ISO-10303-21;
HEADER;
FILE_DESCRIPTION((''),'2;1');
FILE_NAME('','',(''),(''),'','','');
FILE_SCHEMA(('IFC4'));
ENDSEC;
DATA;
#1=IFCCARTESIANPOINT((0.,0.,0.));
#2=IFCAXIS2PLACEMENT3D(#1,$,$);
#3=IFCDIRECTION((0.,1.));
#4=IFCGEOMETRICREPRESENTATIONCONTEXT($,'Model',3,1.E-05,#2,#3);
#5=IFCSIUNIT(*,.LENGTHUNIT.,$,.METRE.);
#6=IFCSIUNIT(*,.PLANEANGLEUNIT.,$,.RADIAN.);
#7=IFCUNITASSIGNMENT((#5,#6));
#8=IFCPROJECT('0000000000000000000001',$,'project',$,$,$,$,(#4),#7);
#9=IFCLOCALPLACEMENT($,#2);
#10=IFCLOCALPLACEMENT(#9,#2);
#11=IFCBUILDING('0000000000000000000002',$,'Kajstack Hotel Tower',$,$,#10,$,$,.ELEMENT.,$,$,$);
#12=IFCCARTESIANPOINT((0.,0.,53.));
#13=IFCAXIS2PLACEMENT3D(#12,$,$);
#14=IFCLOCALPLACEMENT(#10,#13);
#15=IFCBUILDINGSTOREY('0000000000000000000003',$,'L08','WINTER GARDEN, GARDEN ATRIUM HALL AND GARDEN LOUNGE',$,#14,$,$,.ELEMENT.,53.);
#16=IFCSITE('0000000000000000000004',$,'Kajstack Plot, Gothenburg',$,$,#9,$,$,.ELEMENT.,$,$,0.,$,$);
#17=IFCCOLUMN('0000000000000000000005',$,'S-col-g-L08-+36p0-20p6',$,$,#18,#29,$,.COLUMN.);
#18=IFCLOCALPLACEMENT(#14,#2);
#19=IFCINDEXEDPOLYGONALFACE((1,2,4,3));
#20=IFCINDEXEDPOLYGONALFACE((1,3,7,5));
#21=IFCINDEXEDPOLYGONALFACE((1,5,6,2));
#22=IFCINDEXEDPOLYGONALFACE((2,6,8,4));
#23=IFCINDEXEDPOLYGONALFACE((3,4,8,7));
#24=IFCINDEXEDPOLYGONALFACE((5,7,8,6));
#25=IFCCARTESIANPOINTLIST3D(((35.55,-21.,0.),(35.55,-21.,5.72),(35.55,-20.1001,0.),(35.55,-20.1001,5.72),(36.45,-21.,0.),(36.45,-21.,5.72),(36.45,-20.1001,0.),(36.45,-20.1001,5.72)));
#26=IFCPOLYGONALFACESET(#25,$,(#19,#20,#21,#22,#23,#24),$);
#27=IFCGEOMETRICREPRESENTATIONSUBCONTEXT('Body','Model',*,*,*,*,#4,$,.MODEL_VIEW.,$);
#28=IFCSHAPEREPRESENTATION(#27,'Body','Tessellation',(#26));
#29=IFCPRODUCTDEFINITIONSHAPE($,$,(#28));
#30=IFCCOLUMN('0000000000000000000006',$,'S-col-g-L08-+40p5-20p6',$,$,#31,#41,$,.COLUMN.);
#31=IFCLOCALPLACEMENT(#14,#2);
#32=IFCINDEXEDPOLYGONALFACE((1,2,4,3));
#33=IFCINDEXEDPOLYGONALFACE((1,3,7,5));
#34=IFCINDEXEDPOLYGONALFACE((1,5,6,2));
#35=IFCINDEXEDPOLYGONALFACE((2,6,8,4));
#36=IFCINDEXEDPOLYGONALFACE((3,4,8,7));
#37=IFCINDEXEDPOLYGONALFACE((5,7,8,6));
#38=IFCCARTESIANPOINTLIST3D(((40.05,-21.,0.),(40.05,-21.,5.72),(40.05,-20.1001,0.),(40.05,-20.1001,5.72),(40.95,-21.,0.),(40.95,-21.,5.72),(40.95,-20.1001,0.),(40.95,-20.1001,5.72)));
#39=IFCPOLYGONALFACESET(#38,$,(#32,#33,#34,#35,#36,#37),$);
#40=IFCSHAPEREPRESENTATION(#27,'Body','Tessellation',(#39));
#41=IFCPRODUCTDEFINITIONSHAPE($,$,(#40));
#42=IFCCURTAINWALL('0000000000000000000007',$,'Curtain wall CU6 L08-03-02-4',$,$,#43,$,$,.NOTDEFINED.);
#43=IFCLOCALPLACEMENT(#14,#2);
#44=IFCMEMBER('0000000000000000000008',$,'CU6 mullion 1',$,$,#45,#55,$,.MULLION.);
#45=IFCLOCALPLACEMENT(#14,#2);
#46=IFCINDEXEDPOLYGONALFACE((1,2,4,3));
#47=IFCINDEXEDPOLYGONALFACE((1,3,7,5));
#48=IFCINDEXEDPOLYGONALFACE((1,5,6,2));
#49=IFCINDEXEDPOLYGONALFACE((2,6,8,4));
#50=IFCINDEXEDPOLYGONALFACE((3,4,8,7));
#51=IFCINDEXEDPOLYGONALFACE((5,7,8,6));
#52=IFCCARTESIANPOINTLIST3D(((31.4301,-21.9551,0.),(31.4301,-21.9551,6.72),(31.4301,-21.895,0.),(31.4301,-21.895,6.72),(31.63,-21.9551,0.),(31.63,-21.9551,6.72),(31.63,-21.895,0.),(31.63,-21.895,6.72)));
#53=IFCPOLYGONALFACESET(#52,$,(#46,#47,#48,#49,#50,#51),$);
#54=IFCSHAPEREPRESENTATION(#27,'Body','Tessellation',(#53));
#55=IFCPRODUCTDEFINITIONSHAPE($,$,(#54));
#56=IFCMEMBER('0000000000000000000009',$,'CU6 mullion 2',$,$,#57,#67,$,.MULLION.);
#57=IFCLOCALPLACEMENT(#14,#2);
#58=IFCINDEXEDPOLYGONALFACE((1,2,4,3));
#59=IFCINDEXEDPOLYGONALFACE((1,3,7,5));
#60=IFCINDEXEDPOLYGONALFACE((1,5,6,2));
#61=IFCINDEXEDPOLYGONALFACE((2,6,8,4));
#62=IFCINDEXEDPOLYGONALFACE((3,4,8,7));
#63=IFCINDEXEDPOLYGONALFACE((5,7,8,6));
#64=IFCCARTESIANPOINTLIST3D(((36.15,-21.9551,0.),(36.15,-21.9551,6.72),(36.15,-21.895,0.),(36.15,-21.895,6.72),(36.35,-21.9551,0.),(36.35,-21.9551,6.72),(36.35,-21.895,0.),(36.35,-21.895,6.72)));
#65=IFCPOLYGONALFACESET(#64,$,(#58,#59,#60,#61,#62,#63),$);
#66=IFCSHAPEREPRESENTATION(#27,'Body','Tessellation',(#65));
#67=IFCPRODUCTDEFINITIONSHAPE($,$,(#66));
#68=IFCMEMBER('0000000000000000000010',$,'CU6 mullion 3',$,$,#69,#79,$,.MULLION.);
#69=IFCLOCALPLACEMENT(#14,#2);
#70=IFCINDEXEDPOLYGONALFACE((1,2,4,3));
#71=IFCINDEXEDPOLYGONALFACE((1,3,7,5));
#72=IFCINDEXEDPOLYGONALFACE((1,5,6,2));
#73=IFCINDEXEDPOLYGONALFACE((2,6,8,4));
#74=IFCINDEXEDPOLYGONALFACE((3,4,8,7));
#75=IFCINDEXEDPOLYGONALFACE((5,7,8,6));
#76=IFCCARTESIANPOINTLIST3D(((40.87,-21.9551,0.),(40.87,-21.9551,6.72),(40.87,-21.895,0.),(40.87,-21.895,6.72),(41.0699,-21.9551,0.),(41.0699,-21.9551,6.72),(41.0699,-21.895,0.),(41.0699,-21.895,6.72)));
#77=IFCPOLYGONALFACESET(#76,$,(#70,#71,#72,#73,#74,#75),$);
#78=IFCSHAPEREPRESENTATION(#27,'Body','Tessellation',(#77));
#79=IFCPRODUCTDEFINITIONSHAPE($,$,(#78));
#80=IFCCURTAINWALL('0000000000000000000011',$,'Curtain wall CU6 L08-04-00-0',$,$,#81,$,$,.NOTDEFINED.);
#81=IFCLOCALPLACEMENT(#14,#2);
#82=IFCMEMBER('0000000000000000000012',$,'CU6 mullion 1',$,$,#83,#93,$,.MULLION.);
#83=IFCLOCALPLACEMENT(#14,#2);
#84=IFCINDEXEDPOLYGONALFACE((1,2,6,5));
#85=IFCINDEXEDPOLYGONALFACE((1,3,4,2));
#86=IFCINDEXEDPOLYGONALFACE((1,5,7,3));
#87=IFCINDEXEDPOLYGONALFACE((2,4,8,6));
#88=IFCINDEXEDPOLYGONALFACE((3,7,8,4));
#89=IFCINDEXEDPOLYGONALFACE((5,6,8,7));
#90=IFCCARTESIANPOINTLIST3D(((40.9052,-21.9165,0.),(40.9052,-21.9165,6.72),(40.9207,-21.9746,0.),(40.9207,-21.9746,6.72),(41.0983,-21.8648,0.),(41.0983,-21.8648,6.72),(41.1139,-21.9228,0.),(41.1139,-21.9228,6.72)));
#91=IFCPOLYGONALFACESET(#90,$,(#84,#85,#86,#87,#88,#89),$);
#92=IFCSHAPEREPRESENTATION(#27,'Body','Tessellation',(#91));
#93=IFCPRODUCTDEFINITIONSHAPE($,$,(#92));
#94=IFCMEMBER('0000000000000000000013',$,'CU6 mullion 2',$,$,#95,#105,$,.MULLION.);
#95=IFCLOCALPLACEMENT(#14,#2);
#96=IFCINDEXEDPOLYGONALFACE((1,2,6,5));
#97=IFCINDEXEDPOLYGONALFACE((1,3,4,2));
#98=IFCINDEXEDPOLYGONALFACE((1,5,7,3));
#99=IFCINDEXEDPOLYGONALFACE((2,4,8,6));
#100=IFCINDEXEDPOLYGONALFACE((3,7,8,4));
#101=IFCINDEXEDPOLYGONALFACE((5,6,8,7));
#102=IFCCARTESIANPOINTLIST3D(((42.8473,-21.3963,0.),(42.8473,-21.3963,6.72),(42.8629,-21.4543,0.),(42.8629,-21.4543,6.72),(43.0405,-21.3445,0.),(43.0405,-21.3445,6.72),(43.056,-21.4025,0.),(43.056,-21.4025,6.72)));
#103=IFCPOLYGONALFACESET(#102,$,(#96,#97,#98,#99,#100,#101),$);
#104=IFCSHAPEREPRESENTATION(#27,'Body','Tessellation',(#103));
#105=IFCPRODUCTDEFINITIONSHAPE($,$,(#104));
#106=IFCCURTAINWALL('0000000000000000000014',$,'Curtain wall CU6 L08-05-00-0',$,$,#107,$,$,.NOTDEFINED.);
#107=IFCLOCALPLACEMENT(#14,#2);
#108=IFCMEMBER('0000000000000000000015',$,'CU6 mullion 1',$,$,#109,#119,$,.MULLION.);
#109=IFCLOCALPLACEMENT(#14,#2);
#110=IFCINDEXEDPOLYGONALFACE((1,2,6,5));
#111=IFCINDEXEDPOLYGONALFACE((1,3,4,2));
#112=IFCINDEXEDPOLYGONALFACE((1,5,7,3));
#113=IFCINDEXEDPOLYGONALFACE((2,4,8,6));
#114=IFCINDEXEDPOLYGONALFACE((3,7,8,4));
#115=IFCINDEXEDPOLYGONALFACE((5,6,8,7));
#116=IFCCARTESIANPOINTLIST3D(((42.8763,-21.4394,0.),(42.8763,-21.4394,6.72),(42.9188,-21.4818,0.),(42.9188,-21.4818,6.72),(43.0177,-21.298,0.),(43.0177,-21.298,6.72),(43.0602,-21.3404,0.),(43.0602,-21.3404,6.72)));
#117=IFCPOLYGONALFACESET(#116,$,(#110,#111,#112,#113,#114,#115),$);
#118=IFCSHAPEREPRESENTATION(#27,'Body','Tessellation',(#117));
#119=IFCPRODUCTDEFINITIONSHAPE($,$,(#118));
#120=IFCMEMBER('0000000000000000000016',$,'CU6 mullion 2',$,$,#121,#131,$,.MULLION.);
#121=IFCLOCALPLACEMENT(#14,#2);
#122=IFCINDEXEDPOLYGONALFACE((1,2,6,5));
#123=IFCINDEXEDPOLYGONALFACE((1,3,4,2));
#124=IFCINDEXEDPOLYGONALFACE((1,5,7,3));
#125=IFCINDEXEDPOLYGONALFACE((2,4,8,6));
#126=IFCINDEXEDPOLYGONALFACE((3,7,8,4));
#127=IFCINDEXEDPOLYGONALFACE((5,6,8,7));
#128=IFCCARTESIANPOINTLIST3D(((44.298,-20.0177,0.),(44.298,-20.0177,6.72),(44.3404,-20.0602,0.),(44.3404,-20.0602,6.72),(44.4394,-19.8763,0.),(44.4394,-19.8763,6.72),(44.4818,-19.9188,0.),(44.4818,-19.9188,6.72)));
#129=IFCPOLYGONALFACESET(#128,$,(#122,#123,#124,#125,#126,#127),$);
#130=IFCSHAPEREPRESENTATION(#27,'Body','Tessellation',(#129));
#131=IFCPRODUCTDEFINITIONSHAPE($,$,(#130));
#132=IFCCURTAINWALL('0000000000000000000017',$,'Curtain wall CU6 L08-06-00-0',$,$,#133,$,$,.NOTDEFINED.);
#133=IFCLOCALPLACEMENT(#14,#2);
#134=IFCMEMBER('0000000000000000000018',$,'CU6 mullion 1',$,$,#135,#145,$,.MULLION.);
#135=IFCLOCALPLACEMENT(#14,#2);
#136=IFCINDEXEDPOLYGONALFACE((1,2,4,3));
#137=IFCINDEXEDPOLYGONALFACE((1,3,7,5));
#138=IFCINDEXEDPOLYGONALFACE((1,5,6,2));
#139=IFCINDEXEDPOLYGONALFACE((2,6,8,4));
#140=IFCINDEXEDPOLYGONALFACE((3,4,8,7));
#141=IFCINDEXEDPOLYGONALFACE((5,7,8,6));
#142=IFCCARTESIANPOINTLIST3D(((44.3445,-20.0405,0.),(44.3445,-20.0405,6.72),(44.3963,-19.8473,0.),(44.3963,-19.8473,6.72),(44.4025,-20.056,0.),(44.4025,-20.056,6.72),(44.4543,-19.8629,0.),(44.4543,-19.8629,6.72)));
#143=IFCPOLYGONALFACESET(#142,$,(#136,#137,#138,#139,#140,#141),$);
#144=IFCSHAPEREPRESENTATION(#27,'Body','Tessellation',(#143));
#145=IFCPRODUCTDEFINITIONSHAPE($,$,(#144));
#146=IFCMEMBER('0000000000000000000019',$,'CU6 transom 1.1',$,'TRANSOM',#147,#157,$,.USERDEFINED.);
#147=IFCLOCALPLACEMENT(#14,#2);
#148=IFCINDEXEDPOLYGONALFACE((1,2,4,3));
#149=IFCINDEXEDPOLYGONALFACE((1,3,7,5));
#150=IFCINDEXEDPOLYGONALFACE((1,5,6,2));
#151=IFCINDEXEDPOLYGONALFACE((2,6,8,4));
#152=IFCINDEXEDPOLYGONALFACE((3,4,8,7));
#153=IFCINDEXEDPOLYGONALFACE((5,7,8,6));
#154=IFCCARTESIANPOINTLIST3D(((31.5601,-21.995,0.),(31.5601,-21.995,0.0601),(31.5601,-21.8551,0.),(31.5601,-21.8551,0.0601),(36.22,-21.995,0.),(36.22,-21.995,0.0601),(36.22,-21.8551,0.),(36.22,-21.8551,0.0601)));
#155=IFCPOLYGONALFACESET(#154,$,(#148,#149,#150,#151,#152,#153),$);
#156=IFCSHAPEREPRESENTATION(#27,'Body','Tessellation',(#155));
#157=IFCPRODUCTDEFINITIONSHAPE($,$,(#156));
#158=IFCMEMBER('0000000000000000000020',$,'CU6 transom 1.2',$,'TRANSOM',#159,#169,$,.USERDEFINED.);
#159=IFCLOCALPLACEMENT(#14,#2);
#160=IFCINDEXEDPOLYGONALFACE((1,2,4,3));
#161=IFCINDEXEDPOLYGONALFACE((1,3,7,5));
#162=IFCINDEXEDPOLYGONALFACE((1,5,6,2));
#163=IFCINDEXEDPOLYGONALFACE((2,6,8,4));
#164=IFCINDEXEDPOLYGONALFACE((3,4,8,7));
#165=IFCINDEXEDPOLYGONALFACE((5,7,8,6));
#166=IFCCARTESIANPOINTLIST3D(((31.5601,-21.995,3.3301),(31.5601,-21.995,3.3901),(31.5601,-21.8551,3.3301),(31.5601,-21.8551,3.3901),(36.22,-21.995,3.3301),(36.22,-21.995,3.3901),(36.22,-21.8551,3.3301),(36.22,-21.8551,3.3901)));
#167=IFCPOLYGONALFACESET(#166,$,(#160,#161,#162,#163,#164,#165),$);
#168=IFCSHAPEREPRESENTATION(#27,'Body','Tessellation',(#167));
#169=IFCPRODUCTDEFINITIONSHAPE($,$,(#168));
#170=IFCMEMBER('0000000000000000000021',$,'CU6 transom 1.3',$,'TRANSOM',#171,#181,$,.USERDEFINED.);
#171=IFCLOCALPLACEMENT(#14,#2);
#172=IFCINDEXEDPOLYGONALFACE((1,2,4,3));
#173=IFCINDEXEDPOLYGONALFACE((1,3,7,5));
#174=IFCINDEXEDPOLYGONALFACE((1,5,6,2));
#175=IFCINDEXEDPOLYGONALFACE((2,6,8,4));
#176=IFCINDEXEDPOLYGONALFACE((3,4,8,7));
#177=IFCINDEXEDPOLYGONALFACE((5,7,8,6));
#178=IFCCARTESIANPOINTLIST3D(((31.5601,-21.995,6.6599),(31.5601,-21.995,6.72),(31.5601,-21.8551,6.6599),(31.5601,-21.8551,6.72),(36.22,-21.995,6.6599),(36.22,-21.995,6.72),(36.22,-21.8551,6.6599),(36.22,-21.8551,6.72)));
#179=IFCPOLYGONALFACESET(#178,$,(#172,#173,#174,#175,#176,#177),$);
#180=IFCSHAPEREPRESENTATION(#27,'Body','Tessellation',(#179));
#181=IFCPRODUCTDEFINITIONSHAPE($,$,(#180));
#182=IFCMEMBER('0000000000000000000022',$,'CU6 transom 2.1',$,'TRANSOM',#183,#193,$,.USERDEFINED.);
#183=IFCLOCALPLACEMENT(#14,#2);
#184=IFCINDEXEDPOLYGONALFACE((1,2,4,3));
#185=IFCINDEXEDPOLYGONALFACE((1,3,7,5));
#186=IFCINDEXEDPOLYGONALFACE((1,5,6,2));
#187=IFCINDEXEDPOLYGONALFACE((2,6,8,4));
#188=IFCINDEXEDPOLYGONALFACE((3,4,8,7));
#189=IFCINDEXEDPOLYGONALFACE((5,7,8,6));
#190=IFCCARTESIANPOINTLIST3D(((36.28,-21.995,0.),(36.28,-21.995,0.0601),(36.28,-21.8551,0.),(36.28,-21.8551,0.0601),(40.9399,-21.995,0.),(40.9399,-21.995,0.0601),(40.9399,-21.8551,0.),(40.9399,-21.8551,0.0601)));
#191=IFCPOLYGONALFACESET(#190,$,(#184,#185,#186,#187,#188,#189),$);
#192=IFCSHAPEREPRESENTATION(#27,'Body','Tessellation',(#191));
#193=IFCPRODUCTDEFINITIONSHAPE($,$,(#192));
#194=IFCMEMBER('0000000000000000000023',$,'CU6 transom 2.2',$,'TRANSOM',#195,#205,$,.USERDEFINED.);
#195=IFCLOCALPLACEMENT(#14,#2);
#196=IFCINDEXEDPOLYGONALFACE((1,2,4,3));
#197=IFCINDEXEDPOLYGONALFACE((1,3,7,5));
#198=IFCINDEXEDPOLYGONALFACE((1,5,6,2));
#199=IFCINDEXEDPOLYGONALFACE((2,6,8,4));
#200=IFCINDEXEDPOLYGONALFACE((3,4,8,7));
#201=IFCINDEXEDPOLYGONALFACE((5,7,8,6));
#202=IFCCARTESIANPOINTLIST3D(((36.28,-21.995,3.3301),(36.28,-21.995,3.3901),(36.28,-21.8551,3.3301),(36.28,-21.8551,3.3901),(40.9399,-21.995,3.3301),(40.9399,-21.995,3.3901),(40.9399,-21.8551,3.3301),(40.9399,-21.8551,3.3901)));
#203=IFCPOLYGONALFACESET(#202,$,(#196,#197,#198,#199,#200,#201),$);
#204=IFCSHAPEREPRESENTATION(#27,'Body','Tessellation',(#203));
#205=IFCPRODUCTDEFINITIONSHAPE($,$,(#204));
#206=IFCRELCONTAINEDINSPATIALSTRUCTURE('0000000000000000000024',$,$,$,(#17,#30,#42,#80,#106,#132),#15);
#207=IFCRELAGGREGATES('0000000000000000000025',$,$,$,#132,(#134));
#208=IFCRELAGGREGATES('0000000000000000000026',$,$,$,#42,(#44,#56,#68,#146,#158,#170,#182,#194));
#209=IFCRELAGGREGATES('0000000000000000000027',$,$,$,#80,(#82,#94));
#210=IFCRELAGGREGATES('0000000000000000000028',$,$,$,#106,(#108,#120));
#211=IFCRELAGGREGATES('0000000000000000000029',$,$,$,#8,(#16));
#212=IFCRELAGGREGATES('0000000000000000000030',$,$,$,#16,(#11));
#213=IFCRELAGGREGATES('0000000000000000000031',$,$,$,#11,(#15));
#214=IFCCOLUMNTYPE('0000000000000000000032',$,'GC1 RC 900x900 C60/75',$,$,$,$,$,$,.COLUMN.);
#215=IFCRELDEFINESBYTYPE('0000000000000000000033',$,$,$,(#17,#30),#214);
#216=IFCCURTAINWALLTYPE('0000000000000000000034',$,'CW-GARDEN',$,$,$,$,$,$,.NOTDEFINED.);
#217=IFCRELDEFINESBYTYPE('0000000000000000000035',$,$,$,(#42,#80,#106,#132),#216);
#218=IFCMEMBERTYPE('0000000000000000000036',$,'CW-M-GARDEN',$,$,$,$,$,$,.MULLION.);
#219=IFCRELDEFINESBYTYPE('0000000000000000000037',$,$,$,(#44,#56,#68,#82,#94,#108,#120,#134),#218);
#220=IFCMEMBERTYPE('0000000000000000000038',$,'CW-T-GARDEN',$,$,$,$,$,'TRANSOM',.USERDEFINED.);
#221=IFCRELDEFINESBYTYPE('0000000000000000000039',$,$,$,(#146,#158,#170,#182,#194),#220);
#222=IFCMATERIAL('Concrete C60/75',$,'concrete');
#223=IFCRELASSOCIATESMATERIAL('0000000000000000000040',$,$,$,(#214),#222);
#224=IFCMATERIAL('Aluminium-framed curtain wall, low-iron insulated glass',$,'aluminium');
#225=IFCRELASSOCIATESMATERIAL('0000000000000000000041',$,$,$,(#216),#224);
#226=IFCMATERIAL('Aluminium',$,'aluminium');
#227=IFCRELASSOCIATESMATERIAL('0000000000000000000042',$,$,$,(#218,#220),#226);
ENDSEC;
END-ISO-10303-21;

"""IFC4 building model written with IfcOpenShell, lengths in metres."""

from ifc_helpers import new_model, si_unit, direction, frame, origin, origin_2d, place, context, subcontext, project, spatial, rectangle, extrude, material, material_profile, profile_set, type_object, element, aggregate, save


model = new_model("IFC4")

# Units and contexts
model_context = context("Model", 3, precision=1e-05, world=origin(), true_north=direction((0.0, 1.0)))
body_context = subcontext(model_context, "Body", "Model", "MODEL_VIEW")
ifc_project = project(units=[si_unit("LENGTHUNIT", "METRE"), si_unit("PLANEANGLEUNIT", "RADIAN")], contexts=[model_context])

# Site, building, storey
site_placement = place(None, origin())
site = spatial("IfcSite", under=ifc_project, at=site_placement, Name="Kajstack Plot, Gothenburg", CompositionType="ELEMENT", RefElevation=0.0)
building_placement = place(site_placement, origin())
building = spatial("IfcBuilding", under=site, at=building_placement, Name="Kajstack Hotel Tower", CompositionType="ELEMENT")
storey_placement = place(building_placement, frame((0.0, 0.0, 53.0)))
storey = spatial("IfcBuildingStorey", under=building, at=storey_placement, Name="L08", Description="WINTER GARDEN, GARDEN ATRIUM HALL AND GARDEN LOUNGE", CompositionType="ELEMENT", Elevation=53.0)

# Columns
ifc_material_1 = material(Name="Concrete C60/75", Category="concrete")
ifc_material_profile_1 = material_profile(ifc_material_1, rectangle(XDim=0.8999, YDim=0.8999, at=origin_2d()), Name="RC 900x900")
ifc_profile_set_1 = profile_set([ifc_material_profile_1], Name="Concrete C60/75")
column_type = type_object("IfcColumnType", Name="GC1 RC 900x900 C60/75", PredefinedType="COLUMN", material=ifc_profile_set_1)
for number, where, z_axis, x_axis, name in (
    (1, (36.0, -20.55, 0.0), (0.0, 0.0, 1.0), (1.0, 0.0, 0.0), "S-col-g-L08-+36p0-20p6"),
    (2, (40.5, -20.55, 0.0), (0.0, 0.0, 1.0), (1.0, 0.0, 0.0), "S-col-g-L08-+40p5-20p6"),
):
    element("IfcColumn", number, at=place(storey_placement, frame(where, z_axis=z_axis, x_axis=x_axis)), inside=storey, type_object=column_type, Name=name, PredefinedType="COLUMN", context=body_context, shape_type="SweptSolid", body=[
        extrude(rectangle(XDim=0.8999, YDim=0.8999, at=origin_2d()), origin(), (0.0, 0.0, 1.0), 5.72),
    ])

# Curtain walls, members
ifc_material_2 = material(Name="Aluminium-framed curtain wall, low-iron insulated glass", Category="aluminium")
curtain_wall_type = type_object("IfcCurtainWallType", Name="CW-GARDEN", PredefinedType="NOTDEFINED", material=ifc_material_2)
curtain_wall_1_placement = place(storey_placement, origin())
curtain_wall_1 = element("IfcCurtainWall", 3, at=curtain_wall_1_placement, inside=storey, type_object=curtain_wall_type, Name="Curtain wall CU6 L08-03-02-4", PredefinedType="NOTDEFINED")
ifc_material_3 = material(Name="Aluminium", Category="aluminium")
ifc_material_profile_2 = material_profile(ifc_material_3, rectangle(XDim=0.0601, YDim=0.2, at=origin_2d()), Name="Aluminium mullion 60 x 200")
ifc_profile_set_2 = profile_set([ifc_material_profile_2], Name="Aluminium")
member_type_1 = type_object("IfcMemberType", Name="CW-M-GARDEN", PredefinedType="MULLION", material=ifc_profile_set_2)
member_1_placement = place(storey_placement, frame((31.53, -21.925, 0.0), z_axis=(0.0, 0.0, 1.0), x_axis=(0.0, 1.0, 0.0)))
member_1 = element("IfcMember", 4, at=member_1_placement, type_object=member_type_1, Name="CU6 mullion 1", PredefinedType="MULLION", context=body_context, shape_type="SweptSolid", body=[
    extrude(rectangle(XDim=0.0601, YDim=0.2, at=origin_2d()), origin(), (0.0, 0.0, 1.0), 6.72),
])
member_2_placement = place(storey_placement, frame((36.25, -21.925, 0.0), z_axis=(0.0, 0.0, 1.0), x_axis=(0.0, 1.0, 0.0)))
member_2 = element("IfcMember", 5, at=member_2_placement, type_object=member_type_1, Name="CU6 mullion 2", PredefinedType="MULLION", context=body_context, shape_type="SweptSolid", body=[
    extrude(rectangle(XDim=0.0601, YDim=0.2, at=origin_2d()), origin(), (0.0, 0.0, 1.0), 6.72),
])
member_3_placement = place(storey_placement, frame((40.97, -21.925, 0.0), z_axis=(0.0, 0.0, 1.0), x_axis=(0.0, 1.0, 0.0)))
member_3 = element("IfcMember", 6, at=member_3_placement, type_object=member_type_1, Name="CU6 mullion 3", PredefinedType="MULLION", context=body_context, shape_type="SweptSolid", body=[
    extrude(rectangle(XDim=0.0601, YDim=0.2, at=origin_2d()), origin(), (0.0, 0.0, 1.0), 6.72),
])
curtain_wall_2_placement = place(storey_placement, origin())
curtain_wall_2 = element("IfcCurtainWall", 7, at=curtain_wall_2_placement, inside=storey, type_object=curtain_wall_type, Name="Curtain wall CU6 L08-04-00-0", PredefinedType="NOTDEFINED")
member_4_placement = place(storey_placement, frame((41.0095, -21.9197, 0.0), z_axis=(0.0, 0.0, 1.0), x_axis=(-0.25882, 0.965926, 0.0)))
member_4 = element("IfcMember", 8, at=member_4_placement, type_object=member_type_1, Name="CU6 mullion 1", PredefinedType="MULLION", context=body_context, shape_type="SweptSolid", body=[
    extrude(rectangle(XDim=0.0601, YDim=0.2, at=origin_2d()), origin(), (0.0, 0.0, 1.0), 6.72),
])
member_5_placement = place(storey_placement, frame((42.9517, -21.3994, 0.0), z_axis=(0.0, 0.0, 1.0), x_axis=(-0.25882, 0.965926, 0.0)))
member_5 = element("IfcMember", 9, at=member_5_placement, type_object=member_type_1, Name="CU6 mullion 2", PredefinedType="MULLION", context=body_context, shape_type="SweptSolid", body=[
    extrude(rectangle(XDim=0.0601, YDim=0.2, at=origin_2d()), origin(), (0.0, 0.0, 1.0), 6.72),
])
curtain_wall_3_placement = place(storey_placement, origin())
curtain_wall_3 = element("IfcCurtainWall", 10, at=curtain_wall_3_placement, inside=storey, type_object=curtain_wall_type, Name="Curtain wall CU6 L08-05-00-0", PredefinedType="NOTDEFINED")
member_6_placement = place(storey_placement, frame((42.9683, -21.3899, 0.0), z_axis=(0.0, 0.0, 1.0), x_axis=(-0.707107, 0.707107, 0.0)))
member_6 = element("IfcMember", 11, at=member_6_placement, type_object=member_type_1, Name="CU6 mullion 1", PredefinedType="MULLION", context=body_context, shape_type="SweptSolid", body=[
    extrude(rectangle(XDim=0.0601, YDim=0.2, at=origin_2d()), origin(), (0.0, 0.0, 1.0), 6.72),
])
member_7_placement = place(storey_placement, frame((44.3899, -19.9683, 0.0), z_axis=(0.0, 0.0, 1.0), x_axis=(-0.707107, 0.707107, 0.0)))
member_7 = element("IfcMember", 12, at=member_7_placement, type_object=member_type_1, Name="CU6 mullion 2", PredefinedType="MULLION", context=body_context, shape_type="SweptSolid", body=[
    extrude(rectangle(XDim=0.0601, YDim=0.2, at=origin_2d()), origin(), (0.0, 0.0, 1.0), 6.72),
])

# Curtain wall, member
curtain_wall_4_placement = place(storey_placement, origin())
curtain_wall_4 = element("IfcCurtainWall", 13, at=curtain_wall_4_placement, inside=storey, type_object=curtain_wall_type, Name="Curtain wall CU6 L08-06-00-0", PredefinedType="NOTDEFINED")
member_8_placement = place(storey_placement, frame((44.3994, -19.9517, 0.0), z_axis=(0.0, 0.0, 1.0), x_axis=(-0.965926, 0.25882, 0.0)))
member_8 = element("IfcMember", 14, at=member_8_placement, type_object=member_type_1, Name="CU6 mullion 1", PredefinedType="MULLION", context=body_context, shape_type="SweptSolid", body=[
    extrude(rectangle(XDim=0.0601, YDim=0.2, at=origin_2d()), origin(), (0.0, 0.0, 1.0), 6.72),
])

# Members
ifc_material_profile_3 = material_profile(ifc_material_3, rectangle(XDim=0.1399, YDim=0.0601, at=origin_2d()), Name="Aluminium transom 140 x 60")
ifc_profile_set_3 = profile_set([ifc_material_profile_3], Name="Aluminium")
member_type_2 = type_object("IfcMemberType", Name="CW-T-GARDEN", ElementType="TRANSOM", PredefinedType="USERDEFINED", material=ifc_profile_set_3)
member_9_placement = place(storey_placement, frame((31.5601, -21.925, 0.03), z_axis=(1.0, 0.0, 0.0), x_axis=(0.0, 1.0, 0.0)))
member_9 = element("IfcMember", 15, at=member_9_placement, type_object=member_type_2, Name="CU6 transom 1.1", ObjectType="TRANSOM", PredefinedType="USERDEFINED", context=body_context, shape_type="SweptSolid", body=[
    extrude(rectangle(XDim=0.1399, YDim=0.0601, at=origin_2d()), origin(), (0.0, 0.0, 1.0), 4.6599),
])
member_10_placement = place(storey_placement, frame((31.5601, -21.925, 3.3601), z_axis=(1.0, 0.0, 0.0), x_axis=(0.0, 1.0, 0.0)))
member_10 = element("IfcMember", 16, at=member_10_placement, type_object=member_type_2, Name="CU6 transom 1.2", ObjectType="TRANSOM", PredefinedType="USERDEFINED", context=body_context, shape_type="SweptSolid", body=[
    extrude(rectangle(XDim=0.1399, YDim=0.0601, at=origin_2d()), origin(), (0.0, 0.0, 1.0), 4.6599),
])
member_11_placement = place(storey_placement, frame((31.5601, -21.925, 6.6899), z_axis=(1.0, 0.0, 0.0), x_axis=(0.0, 1.0, 0.0)))
member_11 = element("IfcMember", 17, at=member_11_placement, type_object=member_type_2, Name="CU6 transom 1.3", ObjectType="TRANSOM", PredefinedType="USERDEFINED", context=body_context, shape_type="SweptSolid", body=[
    extrude(rectangle(XDim=0.1399, YDim=0.0601, at=origin_2d()), origin(), (0.0, 0.0, 1.0), 4.6599),
])
member_12_placement = place(storey_placement, frame((36.28, -21.925, 0.03), z_axis=(1.0, 0.0, 0.0), x_axis=(0.0, 1.0, 0.0)))
member_12 = element("IfcMember", 18, at=member_12_placement, type_object=member_type_2, Name="CU6 transom 2.1", ObjectType="TRANSOM", PredefinedType="USERDEFINED", context=body_context, shape_type="SweptSolid", body=[
    extrude(rectangle(XDim=0.1399, YDim=0.0601, at=origin_2d()), origin(), (0.0, 0.0, 1.0), 4.6599),
])
member_13_placement = place(storey_placement, frame((36.28, -21.925, 3.3601), z_axis=(1.0, 0.0, 0.0), x_axis=(0.0, 1.0, 0.0)))
member_13 = element("IfcMember", 19, at=member_13_placement, type_object=member_type_2, Name="CU6 transom 2.2", ObjectType="TRANSOM", PredefinedType="USERDEFINED", context=body_context, shape_type="SweptSolid", body=[
    extrude(rectangle(XDim=0.1399, YDim=0.0601, at=origin_2d()), origin(), (0.0, 0.0, 1.0), 4.6599),
])
aggregate(curtain_wall_4, [member_8])

aggregate(curtain_wall_1, [member_1, member_2, member_3, member_9, member_10, member_11, member_12, member_13])
aggregate(curtain_wall_2, [member_4, member_5])
aggregate(curtain_wall_3, [member_6, member_7])

save(model, "model.ifc")
